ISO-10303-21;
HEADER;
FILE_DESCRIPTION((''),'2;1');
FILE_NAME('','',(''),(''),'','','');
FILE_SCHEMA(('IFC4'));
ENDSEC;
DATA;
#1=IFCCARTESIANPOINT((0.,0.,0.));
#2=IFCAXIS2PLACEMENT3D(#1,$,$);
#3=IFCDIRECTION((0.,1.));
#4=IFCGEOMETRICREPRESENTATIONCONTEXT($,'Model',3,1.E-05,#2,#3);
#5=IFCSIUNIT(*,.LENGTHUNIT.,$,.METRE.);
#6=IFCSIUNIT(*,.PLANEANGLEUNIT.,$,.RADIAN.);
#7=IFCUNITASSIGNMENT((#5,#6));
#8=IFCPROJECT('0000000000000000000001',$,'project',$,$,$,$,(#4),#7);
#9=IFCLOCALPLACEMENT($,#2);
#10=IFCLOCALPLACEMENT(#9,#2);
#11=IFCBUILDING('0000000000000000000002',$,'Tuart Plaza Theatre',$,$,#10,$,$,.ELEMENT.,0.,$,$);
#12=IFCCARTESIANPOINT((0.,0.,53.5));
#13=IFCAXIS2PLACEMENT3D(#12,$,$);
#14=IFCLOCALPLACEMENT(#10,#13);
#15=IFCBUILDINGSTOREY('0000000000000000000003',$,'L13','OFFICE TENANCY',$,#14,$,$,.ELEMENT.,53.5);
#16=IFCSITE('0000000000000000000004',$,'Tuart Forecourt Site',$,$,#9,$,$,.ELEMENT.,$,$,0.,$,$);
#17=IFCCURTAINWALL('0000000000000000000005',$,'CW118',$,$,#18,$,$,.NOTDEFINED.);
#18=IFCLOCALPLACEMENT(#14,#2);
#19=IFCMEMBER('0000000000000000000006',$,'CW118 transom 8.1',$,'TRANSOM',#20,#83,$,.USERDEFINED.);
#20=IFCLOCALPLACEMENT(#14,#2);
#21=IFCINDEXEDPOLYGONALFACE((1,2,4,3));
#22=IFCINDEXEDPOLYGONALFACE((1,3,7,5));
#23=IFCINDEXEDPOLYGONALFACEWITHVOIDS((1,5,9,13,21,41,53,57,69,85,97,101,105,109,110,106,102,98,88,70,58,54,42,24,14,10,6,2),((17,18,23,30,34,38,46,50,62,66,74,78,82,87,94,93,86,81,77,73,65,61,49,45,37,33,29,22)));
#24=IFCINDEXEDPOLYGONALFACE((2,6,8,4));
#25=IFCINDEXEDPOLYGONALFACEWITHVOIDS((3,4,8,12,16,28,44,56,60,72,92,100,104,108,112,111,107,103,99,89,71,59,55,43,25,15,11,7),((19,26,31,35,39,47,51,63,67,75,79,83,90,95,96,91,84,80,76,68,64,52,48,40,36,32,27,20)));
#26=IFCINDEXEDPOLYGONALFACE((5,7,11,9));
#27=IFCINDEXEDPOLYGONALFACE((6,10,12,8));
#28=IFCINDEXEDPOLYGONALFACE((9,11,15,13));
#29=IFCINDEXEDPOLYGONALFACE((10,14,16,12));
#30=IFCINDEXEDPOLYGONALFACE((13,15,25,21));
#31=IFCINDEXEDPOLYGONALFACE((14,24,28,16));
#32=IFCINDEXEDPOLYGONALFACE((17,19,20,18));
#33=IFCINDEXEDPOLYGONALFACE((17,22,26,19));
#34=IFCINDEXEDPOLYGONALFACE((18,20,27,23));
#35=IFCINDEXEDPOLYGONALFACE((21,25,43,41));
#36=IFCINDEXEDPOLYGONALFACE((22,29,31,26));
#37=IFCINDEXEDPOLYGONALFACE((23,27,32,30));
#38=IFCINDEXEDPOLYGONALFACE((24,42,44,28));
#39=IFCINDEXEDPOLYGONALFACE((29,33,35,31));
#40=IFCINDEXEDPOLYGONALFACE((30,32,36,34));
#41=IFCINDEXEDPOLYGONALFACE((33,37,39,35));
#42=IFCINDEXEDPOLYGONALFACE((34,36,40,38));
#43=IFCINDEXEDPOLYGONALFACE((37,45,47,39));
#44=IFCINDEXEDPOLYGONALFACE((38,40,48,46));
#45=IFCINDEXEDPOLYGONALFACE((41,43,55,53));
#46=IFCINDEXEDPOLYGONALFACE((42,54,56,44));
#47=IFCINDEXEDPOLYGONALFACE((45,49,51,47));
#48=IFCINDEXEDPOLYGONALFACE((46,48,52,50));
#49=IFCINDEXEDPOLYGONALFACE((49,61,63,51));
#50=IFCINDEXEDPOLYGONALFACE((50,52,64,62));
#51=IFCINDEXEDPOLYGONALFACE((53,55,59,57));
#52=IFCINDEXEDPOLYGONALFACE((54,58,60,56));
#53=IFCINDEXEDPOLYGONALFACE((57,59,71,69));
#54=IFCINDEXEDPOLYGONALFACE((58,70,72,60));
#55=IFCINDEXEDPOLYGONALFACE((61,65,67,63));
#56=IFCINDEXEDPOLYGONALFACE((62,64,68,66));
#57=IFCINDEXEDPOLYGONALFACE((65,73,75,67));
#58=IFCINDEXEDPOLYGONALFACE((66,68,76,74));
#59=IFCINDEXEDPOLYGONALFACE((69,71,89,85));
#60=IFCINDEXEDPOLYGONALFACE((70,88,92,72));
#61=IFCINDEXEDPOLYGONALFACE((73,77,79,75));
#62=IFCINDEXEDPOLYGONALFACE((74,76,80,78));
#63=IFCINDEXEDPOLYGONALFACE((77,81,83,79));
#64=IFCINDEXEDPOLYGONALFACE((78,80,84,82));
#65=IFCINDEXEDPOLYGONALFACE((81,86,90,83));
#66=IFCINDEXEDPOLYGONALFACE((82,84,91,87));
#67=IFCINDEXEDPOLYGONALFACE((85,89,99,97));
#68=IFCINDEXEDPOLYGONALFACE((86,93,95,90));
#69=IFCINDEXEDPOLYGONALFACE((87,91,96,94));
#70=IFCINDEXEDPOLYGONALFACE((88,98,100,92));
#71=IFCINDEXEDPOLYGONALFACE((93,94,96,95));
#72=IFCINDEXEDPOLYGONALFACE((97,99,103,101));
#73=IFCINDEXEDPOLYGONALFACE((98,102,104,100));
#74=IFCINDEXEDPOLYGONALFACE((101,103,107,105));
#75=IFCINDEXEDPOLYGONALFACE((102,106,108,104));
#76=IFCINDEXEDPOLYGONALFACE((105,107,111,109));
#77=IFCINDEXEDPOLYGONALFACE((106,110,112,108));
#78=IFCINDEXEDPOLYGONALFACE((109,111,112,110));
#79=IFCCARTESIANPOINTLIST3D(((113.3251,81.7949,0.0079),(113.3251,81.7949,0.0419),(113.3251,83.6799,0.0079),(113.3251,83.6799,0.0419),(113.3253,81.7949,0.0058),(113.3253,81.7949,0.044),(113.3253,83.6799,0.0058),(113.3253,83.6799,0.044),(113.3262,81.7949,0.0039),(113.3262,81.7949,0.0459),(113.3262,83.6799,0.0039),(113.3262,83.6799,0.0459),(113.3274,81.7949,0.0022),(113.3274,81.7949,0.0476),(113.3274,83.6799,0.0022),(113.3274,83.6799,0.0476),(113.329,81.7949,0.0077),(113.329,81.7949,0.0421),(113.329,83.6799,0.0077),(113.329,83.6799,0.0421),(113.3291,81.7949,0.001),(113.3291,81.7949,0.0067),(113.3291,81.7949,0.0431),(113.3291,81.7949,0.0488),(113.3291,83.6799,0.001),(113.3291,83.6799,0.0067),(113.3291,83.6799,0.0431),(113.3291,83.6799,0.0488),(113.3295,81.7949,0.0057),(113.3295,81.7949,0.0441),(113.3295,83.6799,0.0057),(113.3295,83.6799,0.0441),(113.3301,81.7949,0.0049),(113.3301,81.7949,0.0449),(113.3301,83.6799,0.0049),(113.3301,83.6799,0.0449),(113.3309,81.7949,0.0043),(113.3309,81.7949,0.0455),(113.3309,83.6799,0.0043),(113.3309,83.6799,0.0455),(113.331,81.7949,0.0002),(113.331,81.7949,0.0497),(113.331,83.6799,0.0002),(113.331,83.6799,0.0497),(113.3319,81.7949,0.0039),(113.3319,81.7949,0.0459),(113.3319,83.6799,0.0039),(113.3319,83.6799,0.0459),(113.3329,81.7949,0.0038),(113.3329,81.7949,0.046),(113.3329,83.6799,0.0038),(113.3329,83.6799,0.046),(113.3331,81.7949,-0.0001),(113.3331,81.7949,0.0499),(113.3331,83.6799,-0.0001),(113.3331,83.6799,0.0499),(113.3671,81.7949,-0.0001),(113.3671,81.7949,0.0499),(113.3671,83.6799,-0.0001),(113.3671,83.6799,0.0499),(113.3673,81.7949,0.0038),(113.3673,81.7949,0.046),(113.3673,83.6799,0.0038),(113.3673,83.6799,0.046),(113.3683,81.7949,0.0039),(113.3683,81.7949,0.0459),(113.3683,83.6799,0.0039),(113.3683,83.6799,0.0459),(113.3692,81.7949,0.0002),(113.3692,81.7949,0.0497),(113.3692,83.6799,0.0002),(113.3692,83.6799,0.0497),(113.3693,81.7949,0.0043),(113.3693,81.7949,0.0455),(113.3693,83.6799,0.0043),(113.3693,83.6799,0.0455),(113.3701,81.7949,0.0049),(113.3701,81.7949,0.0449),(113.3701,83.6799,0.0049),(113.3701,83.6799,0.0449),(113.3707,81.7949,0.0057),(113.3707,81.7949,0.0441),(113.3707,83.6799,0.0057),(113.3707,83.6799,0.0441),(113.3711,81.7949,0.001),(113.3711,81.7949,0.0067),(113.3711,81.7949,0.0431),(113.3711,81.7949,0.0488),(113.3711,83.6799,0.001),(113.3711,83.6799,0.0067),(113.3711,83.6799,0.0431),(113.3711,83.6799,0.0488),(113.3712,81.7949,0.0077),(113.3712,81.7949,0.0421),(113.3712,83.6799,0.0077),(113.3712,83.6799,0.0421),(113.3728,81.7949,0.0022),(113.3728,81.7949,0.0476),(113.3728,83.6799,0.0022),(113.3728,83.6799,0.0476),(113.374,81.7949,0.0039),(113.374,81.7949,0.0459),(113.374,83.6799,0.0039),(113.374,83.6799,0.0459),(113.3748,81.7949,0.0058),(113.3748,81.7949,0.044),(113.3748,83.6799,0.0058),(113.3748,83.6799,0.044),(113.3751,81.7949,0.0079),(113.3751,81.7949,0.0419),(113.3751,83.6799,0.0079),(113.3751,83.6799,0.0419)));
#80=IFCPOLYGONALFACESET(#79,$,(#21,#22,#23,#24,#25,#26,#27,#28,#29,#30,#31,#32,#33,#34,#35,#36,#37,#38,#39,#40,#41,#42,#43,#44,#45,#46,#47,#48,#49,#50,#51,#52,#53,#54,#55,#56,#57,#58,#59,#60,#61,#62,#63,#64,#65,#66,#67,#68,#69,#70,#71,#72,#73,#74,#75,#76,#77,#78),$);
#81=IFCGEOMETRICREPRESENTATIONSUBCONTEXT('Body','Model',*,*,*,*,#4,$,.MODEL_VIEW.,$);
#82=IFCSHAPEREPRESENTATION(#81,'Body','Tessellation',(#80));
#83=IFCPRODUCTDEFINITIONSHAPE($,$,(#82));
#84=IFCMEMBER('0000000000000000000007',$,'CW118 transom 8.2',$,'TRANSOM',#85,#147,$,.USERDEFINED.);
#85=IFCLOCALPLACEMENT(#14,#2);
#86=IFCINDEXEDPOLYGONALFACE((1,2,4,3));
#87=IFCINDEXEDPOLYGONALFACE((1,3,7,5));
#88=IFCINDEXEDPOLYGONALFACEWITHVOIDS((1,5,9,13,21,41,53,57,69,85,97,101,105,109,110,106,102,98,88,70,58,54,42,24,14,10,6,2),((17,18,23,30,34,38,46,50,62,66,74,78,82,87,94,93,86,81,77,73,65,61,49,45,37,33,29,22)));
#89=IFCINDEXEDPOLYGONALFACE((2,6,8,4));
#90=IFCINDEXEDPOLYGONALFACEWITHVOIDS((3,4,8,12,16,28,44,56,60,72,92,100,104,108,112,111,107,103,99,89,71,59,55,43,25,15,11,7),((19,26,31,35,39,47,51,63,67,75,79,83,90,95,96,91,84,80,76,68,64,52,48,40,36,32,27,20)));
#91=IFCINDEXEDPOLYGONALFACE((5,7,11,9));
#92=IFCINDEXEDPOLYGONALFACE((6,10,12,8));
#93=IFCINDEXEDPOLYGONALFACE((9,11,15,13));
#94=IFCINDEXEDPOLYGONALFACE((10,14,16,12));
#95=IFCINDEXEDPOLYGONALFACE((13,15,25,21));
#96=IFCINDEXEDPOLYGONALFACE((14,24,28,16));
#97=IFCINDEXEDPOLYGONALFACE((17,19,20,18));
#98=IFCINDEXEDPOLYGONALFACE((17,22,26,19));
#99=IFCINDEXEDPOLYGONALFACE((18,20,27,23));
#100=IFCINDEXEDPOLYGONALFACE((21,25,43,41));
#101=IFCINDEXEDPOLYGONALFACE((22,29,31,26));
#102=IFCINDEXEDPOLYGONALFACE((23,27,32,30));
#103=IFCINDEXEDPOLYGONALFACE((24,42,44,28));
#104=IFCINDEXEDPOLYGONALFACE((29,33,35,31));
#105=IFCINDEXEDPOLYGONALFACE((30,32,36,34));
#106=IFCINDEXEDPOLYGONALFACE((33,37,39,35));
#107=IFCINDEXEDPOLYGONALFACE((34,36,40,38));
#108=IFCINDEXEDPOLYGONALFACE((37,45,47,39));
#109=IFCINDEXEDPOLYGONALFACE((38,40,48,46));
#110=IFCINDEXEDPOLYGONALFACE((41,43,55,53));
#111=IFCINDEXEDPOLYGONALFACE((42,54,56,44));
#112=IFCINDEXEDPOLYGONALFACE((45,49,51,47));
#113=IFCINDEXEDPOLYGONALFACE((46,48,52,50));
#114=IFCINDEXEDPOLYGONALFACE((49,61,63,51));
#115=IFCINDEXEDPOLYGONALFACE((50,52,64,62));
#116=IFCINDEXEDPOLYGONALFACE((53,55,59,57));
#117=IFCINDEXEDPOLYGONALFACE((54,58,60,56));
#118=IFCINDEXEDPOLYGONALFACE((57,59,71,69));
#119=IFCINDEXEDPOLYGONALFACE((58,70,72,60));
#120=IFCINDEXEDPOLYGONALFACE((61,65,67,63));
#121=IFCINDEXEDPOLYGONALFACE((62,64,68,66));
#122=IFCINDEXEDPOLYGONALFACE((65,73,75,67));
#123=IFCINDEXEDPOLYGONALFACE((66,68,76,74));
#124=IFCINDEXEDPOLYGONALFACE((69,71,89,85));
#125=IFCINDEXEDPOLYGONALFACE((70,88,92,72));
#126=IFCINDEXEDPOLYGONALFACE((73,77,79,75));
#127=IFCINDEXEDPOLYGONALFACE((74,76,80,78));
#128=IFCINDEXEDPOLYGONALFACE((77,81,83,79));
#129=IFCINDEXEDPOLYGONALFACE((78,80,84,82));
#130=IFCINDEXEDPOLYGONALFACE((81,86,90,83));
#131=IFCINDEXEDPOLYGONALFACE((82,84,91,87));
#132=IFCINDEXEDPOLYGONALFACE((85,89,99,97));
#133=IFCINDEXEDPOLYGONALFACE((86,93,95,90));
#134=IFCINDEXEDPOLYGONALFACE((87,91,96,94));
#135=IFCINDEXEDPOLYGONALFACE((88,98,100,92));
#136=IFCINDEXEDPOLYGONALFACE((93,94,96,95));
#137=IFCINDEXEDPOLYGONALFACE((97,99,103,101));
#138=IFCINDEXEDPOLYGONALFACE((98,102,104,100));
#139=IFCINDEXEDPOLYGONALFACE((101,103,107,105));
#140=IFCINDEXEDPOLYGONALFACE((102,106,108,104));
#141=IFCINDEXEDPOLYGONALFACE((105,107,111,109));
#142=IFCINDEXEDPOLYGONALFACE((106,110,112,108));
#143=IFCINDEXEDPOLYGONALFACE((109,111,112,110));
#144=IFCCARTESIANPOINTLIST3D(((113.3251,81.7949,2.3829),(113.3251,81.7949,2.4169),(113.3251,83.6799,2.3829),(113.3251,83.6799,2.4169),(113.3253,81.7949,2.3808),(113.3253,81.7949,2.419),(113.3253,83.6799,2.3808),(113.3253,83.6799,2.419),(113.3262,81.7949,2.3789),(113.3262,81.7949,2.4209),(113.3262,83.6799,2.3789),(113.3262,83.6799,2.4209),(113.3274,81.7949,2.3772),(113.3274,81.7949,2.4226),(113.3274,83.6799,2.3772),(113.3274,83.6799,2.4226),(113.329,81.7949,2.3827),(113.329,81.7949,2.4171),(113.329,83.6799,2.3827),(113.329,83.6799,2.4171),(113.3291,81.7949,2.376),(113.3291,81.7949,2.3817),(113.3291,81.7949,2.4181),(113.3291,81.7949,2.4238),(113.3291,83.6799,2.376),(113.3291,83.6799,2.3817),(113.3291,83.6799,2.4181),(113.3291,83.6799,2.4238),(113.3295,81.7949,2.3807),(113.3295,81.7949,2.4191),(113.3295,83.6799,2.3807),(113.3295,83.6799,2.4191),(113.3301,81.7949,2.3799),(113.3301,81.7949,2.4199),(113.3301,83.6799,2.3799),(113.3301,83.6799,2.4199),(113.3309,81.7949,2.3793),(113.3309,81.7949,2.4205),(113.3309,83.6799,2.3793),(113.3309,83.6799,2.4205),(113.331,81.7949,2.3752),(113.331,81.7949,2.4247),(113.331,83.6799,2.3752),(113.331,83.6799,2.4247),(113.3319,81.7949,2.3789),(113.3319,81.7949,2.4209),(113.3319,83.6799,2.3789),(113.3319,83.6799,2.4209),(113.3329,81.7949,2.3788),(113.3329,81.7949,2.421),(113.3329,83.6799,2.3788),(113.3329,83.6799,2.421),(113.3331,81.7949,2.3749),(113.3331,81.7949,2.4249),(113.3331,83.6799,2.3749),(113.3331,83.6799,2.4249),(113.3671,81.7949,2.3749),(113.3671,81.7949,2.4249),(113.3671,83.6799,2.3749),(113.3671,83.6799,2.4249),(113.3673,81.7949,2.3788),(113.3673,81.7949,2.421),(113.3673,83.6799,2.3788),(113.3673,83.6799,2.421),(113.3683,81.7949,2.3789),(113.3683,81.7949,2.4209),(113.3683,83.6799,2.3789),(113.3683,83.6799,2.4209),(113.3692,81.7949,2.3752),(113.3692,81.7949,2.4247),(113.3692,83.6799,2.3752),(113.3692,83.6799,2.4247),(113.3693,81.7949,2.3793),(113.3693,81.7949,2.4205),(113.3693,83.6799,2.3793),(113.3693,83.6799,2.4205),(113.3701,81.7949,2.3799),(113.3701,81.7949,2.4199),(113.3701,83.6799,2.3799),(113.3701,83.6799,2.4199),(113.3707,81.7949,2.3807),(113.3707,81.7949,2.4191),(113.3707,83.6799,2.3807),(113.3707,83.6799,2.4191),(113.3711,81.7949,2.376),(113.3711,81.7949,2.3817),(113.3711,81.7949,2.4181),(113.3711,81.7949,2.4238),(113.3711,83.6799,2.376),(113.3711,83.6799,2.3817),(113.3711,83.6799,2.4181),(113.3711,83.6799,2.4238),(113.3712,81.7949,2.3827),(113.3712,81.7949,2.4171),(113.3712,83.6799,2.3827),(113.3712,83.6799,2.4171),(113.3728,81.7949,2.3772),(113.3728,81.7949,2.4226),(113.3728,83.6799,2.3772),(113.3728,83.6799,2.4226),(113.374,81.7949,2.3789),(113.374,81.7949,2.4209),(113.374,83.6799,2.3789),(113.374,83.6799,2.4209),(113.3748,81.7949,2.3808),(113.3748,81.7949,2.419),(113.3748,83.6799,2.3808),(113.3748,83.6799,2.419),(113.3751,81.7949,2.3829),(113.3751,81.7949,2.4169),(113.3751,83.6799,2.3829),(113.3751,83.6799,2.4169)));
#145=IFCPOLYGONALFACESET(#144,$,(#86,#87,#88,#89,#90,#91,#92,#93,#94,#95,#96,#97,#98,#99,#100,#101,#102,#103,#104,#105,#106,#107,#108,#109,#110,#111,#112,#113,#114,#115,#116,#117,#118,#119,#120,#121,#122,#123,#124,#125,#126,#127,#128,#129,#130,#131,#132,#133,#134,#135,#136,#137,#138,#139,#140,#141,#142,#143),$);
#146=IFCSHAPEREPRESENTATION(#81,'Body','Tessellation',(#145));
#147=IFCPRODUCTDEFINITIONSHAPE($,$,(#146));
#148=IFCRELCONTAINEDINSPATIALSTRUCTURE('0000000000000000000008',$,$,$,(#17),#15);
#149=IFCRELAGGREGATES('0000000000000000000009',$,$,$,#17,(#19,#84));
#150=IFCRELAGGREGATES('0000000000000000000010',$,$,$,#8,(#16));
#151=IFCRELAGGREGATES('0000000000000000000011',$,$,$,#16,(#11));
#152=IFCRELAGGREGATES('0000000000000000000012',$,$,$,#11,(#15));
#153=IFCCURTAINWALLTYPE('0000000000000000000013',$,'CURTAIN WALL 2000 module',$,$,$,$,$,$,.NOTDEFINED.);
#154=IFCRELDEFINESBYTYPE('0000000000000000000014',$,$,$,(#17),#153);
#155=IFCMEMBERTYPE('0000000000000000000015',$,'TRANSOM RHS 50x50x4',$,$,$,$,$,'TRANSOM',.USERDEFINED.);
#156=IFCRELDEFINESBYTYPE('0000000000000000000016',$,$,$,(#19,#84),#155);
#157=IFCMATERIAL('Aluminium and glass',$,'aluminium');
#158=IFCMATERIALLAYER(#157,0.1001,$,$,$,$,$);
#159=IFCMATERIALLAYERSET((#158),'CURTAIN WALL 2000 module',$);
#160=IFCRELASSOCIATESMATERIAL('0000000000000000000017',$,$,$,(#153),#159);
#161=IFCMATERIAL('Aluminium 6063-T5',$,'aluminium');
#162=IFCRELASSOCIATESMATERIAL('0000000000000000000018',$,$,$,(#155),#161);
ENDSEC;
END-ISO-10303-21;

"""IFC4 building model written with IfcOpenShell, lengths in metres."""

from ifc_helpers import new_model, si_unit, direction, frame, origin, origin_2d, place, context, subcontext, project, spatial, hollow_rectangle, extrude, material, layer, layer_set, material_profile, profile_set, type_object, element, aggregate, save


model = new_model("IFC4")

# Units and contexts
model_context = context("Model", 3, precision=1e-05, world=origin(), true_north=direction((0.0, 1.0)))
body_context = subcontext(model_context, "Body", "Model", "MODEL_VIEW")
ifc_project = project(units=[si_unit("LENGTHUNIT", "METRE"), si_unit("PLANEANGLEUNIT", "RADIAN")], contexts=[model_context])

# Site, building, storey
site_placement = place(None, origin())
site = spatial("IfcSite", under=ifc_project, at=site_placement, Name="Tuart Forecourt Site", CompositionType="ELEMENT", RefElevation=0.0)
building_placement = place(site_placement, origin())
building = spatial("IfcBuilding", under=site, at=building_placement, Name="Tuart Plaza Theatre", CompositionType="ELEMENT", ElevationOfRefHeight=0.0)
storey_placement = place(building_placement, frame((0.0, 0.0, 53.5)))
storey = spatial("IfcBuildingStorey", under=building, at=storey_placement, Name="L13", Description="OFFICE TENANCY", CompositionType="ELEMENT", Elevation=53.5)

# Curtain wall, members
ifc_material_1 = material(Name="Aluminium and glass", Category="aluminium")
ifc_layer_1 = layer(ifc_material_1, 0.1001)
ifc_layer_set_1 = layer_set([ifc_layer_1], Name="CURTAIN WALL 2000 module")
curtain_wall_type = type_object("IfcCurtainWallType", Name="CURTAIN WALL 2000 module", PredefinedType="NOTDEFINED", material=ifc_layer_set_1)
curtain_wall_1_placement = place(storey_placement, origin())
curtain_wall_1 = element("IfcCurtainWall", 1, at=curtain_wall_1_placement, inside=storey, type_object=curtain_wall_type, Name="CW118", PredefinedType="NOTDEFINED")
ifc_material_2 = material(Name="Aluminium 6063-T5", Category="aluminium")
ifc_material_profile_1 = material_profile(ifc_material_2, hollow_rectangle(XDim=0.05, YDim=0.05, WallThickness=0.0039, InnerFilletRadius=0.0039, OuterFilletRadius=0.0081, at=origin_2d()), Name="RHS 50x50x4")
ifc_profile_set_1 = profile_set([ifc_material_profile_1], Name="Aluminium 6063-T5")
member_type_1 = type_object("IfcMemberType", Name="TRANSOM RHS 50x50x4", ElementType="TRANSOM", PredefinedType="USERDEFINED", material=ifc_profile_set_1)
member_1_placement = place(storey_placement, frame((113.3501, 83.6799, 0.0249), z_axis=(0.0, -1.0, 0.0), x_axis=(1.0, 0.0, 0.0)))
member_1 = element("IfcMember", 2, at=member_1_placement, type_object=member_type_1, Name="CW118 transom 8.1", ObjectType="TRANSOM", PredefinedType="USERDEFINED", context=body_context, shape_type="SweptSolid", body=[
    extrude(hollow_rectangle(XDim=0.05, YDim=0.05, WallThickness=0.0039, InnerFilletRadius=0.0039, OuterFilletRadius=0.0081, at=origin_2d()), origin(), (0.0, 0.0, 1.0), 1.885),
])
member_2_placement = place(storey_placement, frame((113.3501, 83.6799, 2.3999), z_axis=(0.0, -1.0, 0.0), x_axis=(1.0, 0.0, 0.0)))
member_2 = element("IfcMember", 3, at=member_2_placement, type_object=member_type_1, Name="CW118 transom 8.2", ObjectType="TRANSOM", PredefinedType="USERDEFINED", context=body_context, shape_type="SweptSolid", body=[
    extrude(hollow_rectangle(XDim=0.05, YDim=0.05, WallThickness=0.0039, InnerFilletRadius=0.0039, OuterFilletRadius=0.0081, at=origin_2d()), origin(), (0.0, 0.0, 1.0), 1.885),
])

aggregate(curtain_wall_1, [member_1, member_2])

save(model, "model.ifc")
